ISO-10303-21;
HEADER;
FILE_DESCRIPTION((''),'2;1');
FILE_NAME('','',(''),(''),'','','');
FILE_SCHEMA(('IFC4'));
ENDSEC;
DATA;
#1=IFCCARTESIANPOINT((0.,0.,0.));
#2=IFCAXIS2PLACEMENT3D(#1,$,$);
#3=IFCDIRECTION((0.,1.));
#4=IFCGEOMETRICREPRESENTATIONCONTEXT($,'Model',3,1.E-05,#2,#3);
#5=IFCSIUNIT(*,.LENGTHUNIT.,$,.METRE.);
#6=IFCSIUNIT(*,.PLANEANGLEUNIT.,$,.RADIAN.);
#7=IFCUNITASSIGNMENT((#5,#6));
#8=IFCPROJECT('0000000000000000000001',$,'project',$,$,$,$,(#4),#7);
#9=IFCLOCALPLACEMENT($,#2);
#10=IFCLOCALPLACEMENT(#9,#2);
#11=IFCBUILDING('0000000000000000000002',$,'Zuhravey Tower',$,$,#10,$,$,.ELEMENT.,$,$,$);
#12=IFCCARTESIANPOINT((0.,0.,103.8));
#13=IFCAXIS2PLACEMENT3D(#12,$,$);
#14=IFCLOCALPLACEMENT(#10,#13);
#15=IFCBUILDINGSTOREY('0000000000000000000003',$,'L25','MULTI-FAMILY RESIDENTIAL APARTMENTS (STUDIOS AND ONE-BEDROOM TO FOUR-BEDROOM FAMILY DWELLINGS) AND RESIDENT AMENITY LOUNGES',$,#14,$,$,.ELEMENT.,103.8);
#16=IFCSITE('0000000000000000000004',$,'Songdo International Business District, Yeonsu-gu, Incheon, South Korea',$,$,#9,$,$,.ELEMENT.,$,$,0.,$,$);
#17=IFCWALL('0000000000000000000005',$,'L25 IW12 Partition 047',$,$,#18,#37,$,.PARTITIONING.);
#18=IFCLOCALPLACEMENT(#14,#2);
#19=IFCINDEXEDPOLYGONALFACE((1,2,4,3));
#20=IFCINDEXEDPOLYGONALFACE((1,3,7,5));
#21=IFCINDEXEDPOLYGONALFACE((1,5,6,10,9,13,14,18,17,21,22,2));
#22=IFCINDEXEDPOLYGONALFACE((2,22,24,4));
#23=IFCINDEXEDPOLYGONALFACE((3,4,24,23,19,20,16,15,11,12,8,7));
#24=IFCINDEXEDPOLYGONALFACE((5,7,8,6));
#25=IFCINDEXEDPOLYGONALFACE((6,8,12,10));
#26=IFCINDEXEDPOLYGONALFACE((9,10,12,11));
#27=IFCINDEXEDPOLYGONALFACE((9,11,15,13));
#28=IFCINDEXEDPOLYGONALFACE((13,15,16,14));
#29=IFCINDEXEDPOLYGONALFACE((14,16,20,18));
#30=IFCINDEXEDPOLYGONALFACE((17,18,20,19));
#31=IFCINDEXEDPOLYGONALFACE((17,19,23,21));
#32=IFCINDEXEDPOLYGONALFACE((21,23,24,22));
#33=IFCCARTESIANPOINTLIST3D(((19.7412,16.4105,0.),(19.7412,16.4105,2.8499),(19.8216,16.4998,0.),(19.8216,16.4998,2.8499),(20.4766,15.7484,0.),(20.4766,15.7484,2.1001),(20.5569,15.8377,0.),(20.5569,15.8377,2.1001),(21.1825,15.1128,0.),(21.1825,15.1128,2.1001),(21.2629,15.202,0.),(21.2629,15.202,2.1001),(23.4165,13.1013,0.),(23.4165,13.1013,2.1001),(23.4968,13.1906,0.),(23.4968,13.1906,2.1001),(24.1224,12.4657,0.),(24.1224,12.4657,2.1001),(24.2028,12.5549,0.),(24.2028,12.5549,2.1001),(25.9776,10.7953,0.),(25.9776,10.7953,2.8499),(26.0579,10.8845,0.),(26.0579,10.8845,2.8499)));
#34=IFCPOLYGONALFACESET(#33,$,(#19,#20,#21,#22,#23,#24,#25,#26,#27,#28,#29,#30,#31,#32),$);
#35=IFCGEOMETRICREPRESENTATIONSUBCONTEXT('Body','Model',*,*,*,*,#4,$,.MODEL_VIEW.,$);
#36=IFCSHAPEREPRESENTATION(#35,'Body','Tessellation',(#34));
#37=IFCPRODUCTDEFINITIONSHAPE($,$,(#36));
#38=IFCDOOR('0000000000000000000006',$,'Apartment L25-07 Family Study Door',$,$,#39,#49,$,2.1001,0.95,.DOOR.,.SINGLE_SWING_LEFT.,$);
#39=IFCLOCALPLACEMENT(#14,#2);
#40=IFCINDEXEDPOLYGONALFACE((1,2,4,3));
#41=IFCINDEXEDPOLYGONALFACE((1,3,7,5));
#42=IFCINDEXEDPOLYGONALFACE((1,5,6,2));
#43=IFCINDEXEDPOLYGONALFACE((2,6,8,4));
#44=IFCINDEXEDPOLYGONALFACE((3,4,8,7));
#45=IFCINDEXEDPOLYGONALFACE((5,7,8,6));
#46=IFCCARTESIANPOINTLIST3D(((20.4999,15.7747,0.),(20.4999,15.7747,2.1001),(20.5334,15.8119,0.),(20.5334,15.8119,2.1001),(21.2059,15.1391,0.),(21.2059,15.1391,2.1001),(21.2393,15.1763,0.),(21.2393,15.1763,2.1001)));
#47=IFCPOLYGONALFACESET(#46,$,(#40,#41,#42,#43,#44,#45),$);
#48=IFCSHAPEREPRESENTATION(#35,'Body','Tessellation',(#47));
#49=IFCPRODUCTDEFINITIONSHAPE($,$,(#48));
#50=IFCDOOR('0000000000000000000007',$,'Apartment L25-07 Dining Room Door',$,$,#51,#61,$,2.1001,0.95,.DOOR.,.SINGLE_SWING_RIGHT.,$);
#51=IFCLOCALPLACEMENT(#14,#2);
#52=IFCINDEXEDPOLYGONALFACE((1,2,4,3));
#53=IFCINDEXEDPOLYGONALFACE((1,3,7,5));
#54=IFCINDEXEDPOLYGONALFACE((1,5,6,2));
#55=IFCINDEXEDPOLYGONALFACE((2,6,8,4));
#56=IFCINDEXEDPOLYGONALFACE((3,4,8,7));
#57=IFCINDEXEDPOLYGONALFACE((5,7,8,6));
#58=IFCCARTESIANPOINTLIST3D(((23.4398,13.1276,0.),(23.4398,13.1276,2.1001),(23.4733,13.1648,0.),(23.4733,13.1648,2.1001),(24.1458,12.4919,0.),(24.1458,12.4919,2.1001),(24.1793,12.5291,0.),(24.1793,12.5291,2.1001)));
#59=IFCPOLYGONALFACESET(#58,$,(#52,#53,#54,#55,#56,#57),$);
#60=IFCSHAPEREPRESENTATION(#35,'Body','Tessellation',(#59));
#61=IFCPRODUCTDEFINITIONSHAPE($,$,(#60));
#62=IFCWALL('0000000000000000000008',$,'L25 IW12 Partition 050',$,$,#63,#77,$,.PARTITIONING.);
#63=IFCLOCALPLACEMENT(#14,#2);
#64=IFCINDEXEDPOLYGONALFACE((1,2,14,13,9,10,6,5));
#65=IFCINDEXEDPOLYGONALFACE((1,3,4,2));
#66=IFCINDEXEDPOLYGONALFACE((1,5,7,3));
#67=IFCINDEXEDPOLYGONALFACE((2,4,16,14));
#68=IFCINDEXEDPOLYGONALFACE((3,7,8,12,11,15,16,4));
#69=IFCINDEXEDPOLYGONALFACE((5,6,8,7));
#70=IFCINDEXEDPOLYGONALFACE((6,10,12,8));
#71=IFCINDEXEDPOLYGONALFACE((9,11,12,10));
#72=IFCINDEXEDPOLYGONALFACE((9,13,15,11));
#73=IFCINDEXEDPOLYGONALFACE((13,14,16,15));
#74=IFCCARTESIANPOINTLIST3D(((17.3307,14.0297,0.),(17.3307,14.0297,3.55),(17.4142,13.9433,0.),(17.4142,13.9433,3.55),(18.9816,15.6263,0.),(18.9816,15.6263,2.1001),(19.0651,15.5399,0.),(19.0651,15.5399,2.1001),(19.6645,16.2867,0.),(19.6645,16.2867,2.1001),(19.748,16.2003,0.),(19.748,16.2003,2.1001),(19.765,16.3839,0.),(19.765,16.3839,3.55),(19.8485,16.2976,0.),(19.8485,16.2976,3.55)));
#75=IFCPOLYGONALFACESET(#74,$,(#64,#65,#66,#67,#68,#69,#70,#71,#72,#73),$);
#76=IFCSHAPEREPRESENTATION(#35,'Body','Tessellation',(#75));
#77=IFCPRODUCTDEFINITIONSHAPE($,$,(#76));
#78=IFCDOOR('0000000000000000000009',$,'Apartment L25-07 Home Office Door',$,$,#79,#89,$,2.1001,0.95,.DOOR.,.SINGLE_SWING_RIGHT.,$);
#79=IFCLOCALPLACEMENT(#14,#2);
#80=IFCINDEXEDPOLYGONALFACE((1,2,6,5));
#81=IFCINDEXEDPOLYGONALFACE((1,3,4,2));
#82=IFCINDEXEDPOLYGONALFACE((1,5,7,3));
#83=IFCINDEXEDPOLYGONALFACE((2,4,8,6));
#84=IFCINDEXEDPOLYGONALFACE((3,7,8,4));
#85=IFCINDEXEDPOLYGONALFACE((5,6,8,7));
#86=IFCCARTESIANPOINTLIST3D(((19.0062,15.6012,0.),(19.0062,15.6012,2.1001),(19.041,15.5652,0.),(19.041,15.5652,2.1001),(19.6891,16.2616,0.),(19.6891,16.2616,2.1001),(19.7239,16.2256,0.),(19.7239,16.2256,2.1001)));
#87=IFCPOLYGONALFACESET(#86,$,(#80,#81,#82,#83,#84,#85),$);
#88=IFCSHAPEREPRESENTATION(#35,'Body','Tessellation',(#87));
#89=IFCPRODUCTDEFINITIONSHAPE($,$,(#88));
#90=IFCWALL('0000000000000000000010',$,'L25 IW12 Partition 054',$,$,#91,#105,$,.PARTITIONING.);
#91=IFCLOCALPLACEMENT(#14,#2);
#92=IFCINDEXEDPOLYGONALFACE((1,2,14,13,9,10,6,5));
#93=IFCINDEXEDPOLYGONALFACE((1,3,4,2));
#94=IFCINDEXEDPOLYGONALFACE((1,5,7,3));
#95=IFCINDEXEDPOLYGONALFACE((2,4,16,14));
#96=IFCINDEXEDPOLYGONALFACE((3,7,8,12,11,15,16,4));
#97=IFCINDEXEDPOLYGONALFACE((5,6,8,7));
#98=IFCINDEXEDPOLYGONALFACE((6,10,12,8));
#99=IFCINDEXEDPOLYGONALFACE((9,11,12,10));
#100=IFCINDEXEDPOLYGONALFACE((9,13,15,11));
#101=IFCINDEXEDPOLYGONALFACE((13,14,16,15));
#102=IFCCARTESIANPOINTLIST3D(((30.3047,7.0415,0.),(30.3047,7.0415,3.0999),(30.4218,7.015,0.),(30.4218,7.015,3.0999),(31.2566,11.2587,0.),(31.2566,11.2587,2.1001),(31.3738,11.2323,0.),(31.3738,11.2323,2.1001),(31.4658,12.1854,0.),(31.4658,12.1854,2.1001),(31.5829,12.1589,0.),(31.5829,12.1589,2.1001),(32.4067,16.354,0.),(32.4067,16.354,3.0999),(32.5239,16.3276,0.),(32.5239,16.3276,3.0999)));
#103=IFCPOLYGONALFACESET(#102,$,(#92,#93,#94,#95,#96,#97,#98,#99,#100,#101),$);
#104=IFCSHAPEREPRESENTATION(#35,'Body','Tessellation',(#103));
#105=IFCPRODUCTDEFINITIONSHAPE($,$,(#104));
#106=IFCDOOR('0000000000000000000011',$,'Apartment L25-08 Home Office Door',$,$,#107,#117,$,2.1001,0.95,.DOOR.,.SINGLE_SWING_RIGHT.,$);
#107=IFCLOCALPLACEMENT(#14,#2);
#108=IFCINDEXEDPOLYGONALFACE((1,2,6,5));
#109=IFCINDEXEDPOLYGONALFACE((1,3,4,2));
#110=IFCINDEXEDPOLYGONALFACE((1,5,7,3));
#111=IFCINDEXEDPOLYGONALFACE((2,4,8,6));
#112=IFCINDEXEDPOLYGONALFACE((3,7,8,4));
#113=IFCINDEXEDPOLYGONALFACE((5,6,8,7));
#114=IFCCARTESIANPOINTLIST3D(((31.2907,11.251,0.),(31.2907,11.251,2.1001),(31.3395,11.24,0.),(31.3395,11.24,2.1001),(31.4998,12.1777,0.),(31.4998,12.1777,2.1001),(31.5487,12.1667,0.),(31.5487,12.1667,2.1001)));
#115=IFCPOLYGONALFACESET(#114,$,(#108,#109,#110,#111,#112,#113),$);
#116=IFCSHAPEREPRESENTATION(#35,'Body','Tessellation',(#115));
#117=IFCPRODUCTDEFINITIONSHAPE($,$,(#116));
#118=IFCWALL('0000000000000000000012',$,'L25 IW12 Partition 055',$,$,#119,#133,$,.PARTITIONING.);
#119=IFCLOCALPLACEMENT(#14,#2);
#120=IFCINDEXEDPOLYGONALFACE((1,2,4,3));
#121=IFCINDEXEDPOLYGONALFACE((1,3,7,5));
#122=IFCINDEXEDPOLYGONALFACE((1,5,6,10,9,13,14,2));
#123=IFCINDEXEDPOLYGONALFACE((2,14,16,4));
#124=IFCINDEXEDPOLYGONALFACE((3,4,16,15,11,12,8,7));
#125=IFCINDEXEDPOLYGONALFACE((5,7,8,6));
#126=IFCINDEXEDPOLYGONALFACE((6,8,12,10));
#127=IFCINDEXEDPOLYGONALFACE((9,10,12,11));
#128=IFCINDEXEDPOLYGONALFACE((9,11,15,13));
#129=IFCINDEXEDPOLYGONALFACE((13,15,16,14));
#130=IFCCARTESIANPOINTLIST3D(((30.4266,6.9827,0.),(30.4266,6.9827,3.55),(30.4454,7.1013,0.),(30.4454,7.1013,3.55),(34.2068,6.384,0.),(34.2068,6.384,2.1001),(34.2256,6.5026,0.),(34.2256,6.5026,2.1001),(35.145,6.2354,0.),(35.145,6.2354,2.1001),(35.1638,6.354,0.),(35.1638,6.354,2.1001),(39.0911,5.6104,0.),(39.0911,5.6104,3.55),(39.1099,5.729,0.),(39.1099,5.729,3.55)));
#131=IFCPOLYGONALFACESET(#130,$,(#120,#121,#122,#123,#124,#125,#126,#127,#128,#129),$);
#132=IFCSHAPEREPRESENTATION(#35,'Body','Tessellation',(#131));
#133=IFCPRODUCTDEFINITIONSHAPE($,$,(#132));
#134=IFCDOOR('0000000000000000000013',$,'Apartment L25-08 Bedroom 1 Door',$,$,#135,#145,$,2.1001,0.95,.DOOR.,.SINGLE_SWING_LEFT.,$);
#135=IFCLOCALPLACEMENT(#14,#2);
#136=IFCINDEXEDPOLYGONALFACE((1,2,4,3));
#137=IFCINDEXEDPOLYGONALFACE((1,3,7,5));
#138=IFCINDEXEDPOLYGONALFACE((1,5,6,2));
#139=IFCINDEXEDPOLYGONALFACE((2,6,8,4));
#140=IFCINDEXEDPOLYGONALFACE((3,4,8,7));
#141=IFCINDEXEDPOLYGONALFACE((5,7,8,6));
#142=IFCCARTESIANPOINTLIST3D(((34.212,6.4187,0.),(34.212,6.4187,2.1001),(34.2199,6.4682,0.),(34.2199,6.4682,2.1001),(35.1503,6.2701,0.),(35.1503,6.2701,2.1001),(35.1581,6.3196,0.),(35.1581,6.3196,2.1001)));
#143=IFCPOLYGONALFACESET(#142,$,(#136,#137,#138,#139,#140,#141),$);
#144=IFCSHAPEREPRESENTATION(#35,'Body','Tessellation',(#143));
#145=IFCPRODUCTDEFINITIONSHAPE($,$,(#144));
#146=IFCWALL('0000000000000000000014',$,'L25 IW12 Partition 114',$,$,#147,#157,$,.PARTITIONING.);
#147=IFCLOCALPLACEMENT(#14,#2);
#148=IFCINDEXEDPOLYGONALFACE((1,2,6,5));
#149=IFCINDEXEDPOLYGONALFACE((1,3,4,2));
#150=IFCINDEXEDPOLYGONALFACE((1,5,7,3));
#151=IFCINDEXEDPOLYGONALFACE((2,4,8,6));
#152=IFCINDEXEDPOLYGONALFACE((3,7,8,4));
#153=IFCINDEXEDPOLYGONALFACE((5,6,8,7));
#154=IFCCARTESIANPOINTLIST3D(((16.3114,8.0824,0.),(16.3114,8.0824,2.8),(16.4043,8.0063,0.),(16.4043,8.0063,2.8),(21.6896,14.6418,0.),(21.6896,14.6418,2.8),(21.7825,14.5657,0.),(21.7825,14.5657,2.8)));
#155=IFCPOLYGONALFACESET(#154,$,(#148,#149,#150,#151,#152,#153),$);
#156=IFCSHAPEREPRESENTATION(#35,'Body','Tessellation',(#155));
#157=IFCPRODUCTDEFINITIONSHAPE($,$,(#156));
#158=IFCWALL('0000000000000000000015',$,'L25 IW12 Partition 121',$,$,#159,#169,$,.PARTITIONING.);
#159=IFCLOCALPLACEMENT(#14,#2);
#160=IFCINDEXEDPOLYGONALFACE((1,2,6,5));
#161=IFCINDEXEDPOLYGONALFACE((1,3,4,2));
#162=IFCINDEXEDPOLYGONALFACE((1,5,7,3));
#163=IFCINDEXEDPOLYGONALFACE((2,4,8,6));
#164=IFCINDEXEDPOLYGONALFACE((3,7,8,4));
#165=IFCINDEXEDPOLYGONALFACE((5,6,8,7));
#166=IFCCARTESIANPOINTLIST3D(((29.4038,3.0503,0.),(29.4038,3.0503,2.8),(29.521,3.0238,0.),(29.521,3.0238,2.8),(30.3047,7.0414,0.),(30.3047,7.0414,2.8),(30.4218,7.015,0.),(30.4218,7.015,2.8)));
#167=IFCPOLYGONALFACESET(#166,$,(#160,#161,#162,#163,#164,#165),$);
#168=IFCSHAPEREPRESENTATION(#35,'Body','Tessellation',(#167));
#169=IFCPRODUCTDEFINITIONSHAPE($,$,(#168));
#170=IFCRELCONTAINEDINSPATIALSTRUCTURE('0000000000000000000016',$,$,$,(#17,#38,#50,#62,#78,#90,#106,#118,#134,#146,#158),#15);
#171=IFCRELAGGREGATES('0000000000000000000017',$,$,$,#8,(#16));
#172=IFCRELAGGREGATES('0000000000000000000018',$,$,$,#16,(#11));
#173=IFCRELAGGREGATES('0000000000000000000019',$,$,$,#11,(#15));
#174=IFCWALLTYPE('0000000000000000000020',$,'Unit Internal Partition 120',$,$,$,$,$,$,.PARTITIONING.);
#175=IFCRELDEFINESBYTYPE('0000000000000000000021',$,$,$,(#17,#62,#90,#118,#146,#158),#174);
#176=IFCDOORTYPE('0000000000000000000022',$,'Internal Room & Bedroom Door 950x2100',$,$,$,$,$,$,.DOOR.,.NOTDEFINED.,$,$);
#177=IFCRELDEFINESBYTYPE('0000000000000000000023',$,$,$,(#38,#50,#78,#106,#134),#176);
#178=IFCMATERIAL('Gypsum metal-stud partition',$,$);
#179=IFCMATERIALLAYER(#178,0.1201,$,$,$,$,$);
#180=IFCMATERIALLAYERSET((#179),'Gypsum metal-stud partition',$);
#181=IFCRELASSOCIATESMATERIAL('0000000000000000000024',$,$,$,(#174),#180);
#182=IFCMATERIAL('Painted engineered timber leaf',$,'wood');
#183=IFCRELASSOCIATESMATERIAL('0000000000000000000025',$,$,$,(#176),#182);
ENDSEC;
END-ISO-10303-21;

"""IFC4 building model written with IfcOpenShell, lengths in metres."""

from ifc_helpers import new_model, si_unit, direction, frame, frame_2d, origin, place, context, subcontext, project, spatial, rectangle, extrude, material, layer, layer_set, type_object, element, fill, save


model = new_model("IFC4")

# Units and contexts
model_context = context("Model", 3, precision=1e-05, world=origin(), true_north=direction((0.0, 1.0)))
body_context = subcontext(model_context, "Body", "Model", "MODEL_VIEW")
ifc_project = project(units=[si_unit("LENGTHUNIT", "METRE"), si_unit("PLANEANGLEUNIT", "RADIAN")], contexts=[model_context])

# Site, building, storey
site_placement = place(None, origin())
site = spatial("IfcSite", under=ifc_project, at=site_placement, Name="Songdo International Business District, Yeonsu-gu, Incheon, South Korea", CompositionType="ELEMENT", RefElevation=0.0)
building_placement = place(site_placement, origin())
building = spatial("IfcBuilding", under=site, at=building_placement, Name="Zuhravey Tower", CompositionType="ELEMENT")
storey_placement = place(building_placement, frame((0.0, 0.0, 103.8)))
storey = spatial("IfcBuildingStorey", under=building, at=storey_placement, Name="L25", Description="MULTI-FAMILY RESIDENTIAL APARTMENTS (STUDIOS AND ONE-BEDROOM TO FOUR-BEDROOM FAMILY DWELLINGS) AND RESIDENT AMENITY LOUNGES", CompositionType="ELEMENT", Elevation=103.8)

# Wall, openings, doors
ifc_material_1 = material(Name="Gypsum metal-stud partition")
ifc_layer_1 = layer(ifc_material_1, 0.1201)
ifc_layer_set_1 = layer_set([ifc_layer_1], Name="Gypsum metal-stud partition")
wall_type_1 = type_object("IfcWallType", Name="Unit Internal Partition 120", PredefinedType="PARTITIONING", material=ifc_layer_set_1)
wall_1_placement = place(storey_placement, frame((19.7815, 16.4551, 0.0), z_axis=(0.0, 0.0, 1.0), x_axis=(0.743144, -0.669132, 0.0)))
wall_1 = element("IfcWall", 1, at=wall_1_placement, inside=storey, type_object=wall_type_1, Name="L25 IW12 Partition 047", PredefinedType="PARTITIONING", context=body_context, shape_type="SweptSolid", body=[
    extrude(rectangle(XDim=8.3918, YDim=0.1201, at=frame_2d((4.1958, 0.0))), origin(), (0.0, 0.0, 1.0), 2.8499),
])
opening_1_placement = place(wall_1_placement, frame((0.9893, 0.0, 0.0)))
opening_1 = element("IfcOpeningElement", 2, at=opening_1_placement, cuts=wall_1, PredefinedType="OPENING", context=body_context, shape_type="SweptSolid", body=[
    extrude(rectangle(XDim=0.95, YDim=2.1001, at=frame_2d((0.4751, 1.05))), frame((0.0, 0.072, 0.0), z_axis=(0.0, -1.0, 0.0), x_axis=(1.0, 0.0, 0.0)), (0.0, 0.0, 1.0), 0.144),
])
opening_2_placement = place(wall_1_placement, frame((4.9453, 0.0, 0.0)))
opening_2 = element("IfcOpeningElement", 3, at=opening_2_placement, cuts=wall_1, PredefinedType="OPENING", context=body_context, shape_type="SweptSolid", body=[
    extrude(rectangle(XDim=0.95, YDim=2.1001, at=frame_2d((0.4751, 1.05))), frame((0.0, 0.072, 0.0), z_axis=(0.0, -1.0, 0.0), x_axis=(1.0, 0.0, 0.0)), (0.0, 0.0, 1.0), 0.144),
])
ifc_material_2 = material(Name="Painted engineered timber leaf", Category="wood")
door_type_1 = type_object("IfcDoorType", Name="Internal Room & Bedroom Door 950x2100", OperationType="NOTDEFINED", PredefinedType="DOOR", material=ifc_material_2)
door_1_placement = place(opening_1_placement, frame((0.95, 0.0, 0.0), z_axis=(0.0, 0.0, 1.0), x_axis=(-1.0, 0.0, 0.0)))
door_1 = element("IfcDoor", 4, at=door_1_placement, inside=storey, type_object=door_type_1, Name="Apartment L25-07 Family Study Door", OperationType="SINGLE_SWING_LEFT", OverallHeight=2.1001, OverallWidth=0.95, PredefinedType="DOOR", context=body_context, shape_type="SweptSolid", body=[
    extrude(rectangle(XDim=0.95, YDim=2.1001, at=frame_2d((0.4751, 1.05))), frame((0.0, 0.0249, 0.0), z_axis=(0.0, -1.0, 0.0), x_axis=(1.0, 0.0, 0.0)), (0.0, 0.0, 1.0), 0.05),
])
fill(opening_1, door_1)
door_2_placement = place(opening_2_placement, frame((0.95, 0.0, 0.0), z_axis=(0.0, 0.0, 1.0), x_axis=(-1.0, 0.0, 0.0)))
door_2 = element("IfcDoor", 5, at=door_2_placement, inside=storey, type_object=door_type_1, Name="Apartment L25-07 Dining Room Door", OperationType="SINGLE_SWING_RIGHT", OverallHeight=2.1001, OverallWidth=0.95, PredefinedType="DOOR", context=body_context, shape_type="SweptSolid", body=[
    extrude(rectangle(XDim=0.95, YDim=2.1001, at=frame_2d((0.4751, 1.05))), frame((0.0, 0.0249, 0.0), z_axis=(0.0, -1.0, 0.0), x_axis=(1.0, 0.0, 0.0)), (0.0, 0.0, 1.0), 0.05),
])
fill(opening_2, door_2)

# Walls, openings, doors
wall_2_placement = place(storey_placement, frame((19.8069, 16.3408, 0.0), z_axis=(0.0, 0.0, 1.0), x_axis=(-0.718831, -0.695185, 0.0)))
wall_2 = element("IfcWall", 6, at=wall_2_placement, inside=storey, type_object=wall_type_1, Name="L25 IW12 Partition 050", PredefinedType="PARTITIONING", context=body_context, shape_type="SweptSolid", body=[
    extrude(rectangle(XDim=3.3865, YDim=0.1201, at=frame_2d((1.6934, 0.0))), origin(), (0.0, 0.0, 1.0), 3.55),
])
opening_3_placement = place(wall_2_placement, frame((0.1399, 0.0, 0.0)))
opening_3 = element("IfcOpeningElement", 7, at=opening_3_placement, cuts=wall_2, PredefinedType="OPENING", context=body_context, shape_type="SweptSolid", body=[
    extrude(rectangle(XDim=0.95, YDim=2.1001, at=frame_2d((0.4751, 1.05))), frame((0.0, 0.072, 0.0), z_axis=(0.0, -1.0, 0.0), x_axis=(1.0, 0.0, 0.0)), (0.0, 0.0, 1.0), 0.144),
])
door_3_placement = place(opening_3_placement, frame((0.95, 0.0, 0.0), z_axis=(0.0, 0.0, 1.0), x_axis=(-1.0, 0.0, 0.0)))
door_3 = element("IfcDoor", 8, at=door_3_placement, inside=storey, type_object=door_type_1, Name="Apartment L25-07 Home Office Door", OperationType="SINGLE_SWING_RIGHT", OverallHeight=2.1001, OverallWidth=0.95, PredefinedType="DOOR", context=body_context, shape_type="SweptSolid", body=[
    extrude(rectangle(XDim=0.95, YDim=2.1001, at=frame_2d((0.4751, 1.05))), frame((0.0, 0.0249, 0.0), z_axis=(0.0, -1.0, 0.0), x_axis=(1.0, 0.0, 0.0)), (0.0, 0.0, 1.0), 0.05),
])
fill(opening_3, door_3)
wall_3_placement = place(storey_placement, frame((32.4653, 16.3408, 0.0), z_axis=(0.0, 0.0, 1.0), x_axis=(-0.220184, -0.975458, 0.0)))
wall_3 = element("IfcWall", 9, at=wall_3_placement, inside=storey, type_object=wall_type_1, Name="L25 IW12 Partition 054", PredefinedType="PARTITIONING", context=body_context, shape_type="SweptSolid", body=[
    extrude(rectangle(XDim=9.5469, YDim=0.1201, at=frame_2d((4.7734, 0.0))), origin(), (0.0, 0.0, 1.0), 3.0999),
])
opening_4_placement = place(wall_3_placement, frame((4.2734, 0.0, 0.0)))
opening_4 = element("IfcOpeningElement", 10, at=opening_4_placement, cuts=wall_3, PredefinedType="OPENING", context=body_context, shape_type="SweptSolid", body=[
    extrude(rectangle(XDim=0.95, YDim=2.1001, at=frame_2d((0.4751, 1.05))), frame((0.0, 0.072, 0.0), z_axis=(0.0, -1.0, 0.0), x_axis=(1.0, 0.0, 0.0)), (0.0, 0.0, 1.0), 0.144),
])
door_4_placement = place(opening_4_placement, origin())
door_4 = element("IfcDoor", 11, at=door_4_placement, inside=storey, type_object=door_type_1, Name="Apartment L25-08 Home Office Door", OperationType="SINGLE_SWING_RIGHT", OverallHeight=2.1001, OverallWidth=0.95, PredefinedType="DOOR", context=body_context, shape_type="SweptSolid", body=[
    extrude(rectangle(XDim=0.95, YDim=2.1001, at=frame_2d((0.4751, 1.05))), frame((0.0, 0.0249, 0.0), z_axis=(0.0, -1.0, 0.0), x_axis=(1.0, 0.0, 0.0)), (0.0, 0.0, 1.0), 0.05),
])
fill(opening_4, door_4)
wall_4_placement = place(storey_placement, frame((30.436, 7.042, 0.0), z_axis=(0.0, 0.0, 1.0), x_axis=(0.987689, -0.156433, 0.0)))
wall_4 = element("IfcWall", 12, at=wall_4_placement, inside=storey, type_object=wall_type_1, Name="L25 IW12 Partition 055", PredefinedType="PARTITIONING", context=body_context, shape_type="SweptSolid", body=[
    extrude(rectangle(XDim=8.7725, YDim=0.1201, at=frame_2d((4.3862, 0.0))), origin(), (0.0, 0.0, 1.0), 3.55),
])
opening_5_placement = place(wall_4_placement, frame((3.8271, 0.0, 0.0)))
opening_5 = element("IfcOpeningElement", 13, at=opening_5_placement, cuts=wall_4, PredefinedType="OPENING", context=body_context, shape_type="SweptSolid", body=[
    extrude(rectangle(XDim=0.95, YDim=2.1001, at=frame_2d((0.4751, 1.05))), frame((0.0, 0.072, 0.0), z_axis=(0.0, -1.0, 0.0), x_axis=(1.0, 0.0, 0.0)), (0.0, 0.0, 1.0), 0.144),
])
door_5_placement = place(opening_5_placement, frame((0.95, 0.0, 0.0), z_axis=(0.0, 0.0, 1.0), x_axis=(-1.0, 0.0, 0.0)))
door_5 = element("IfcDoor", 14, at=door_5_placement, inside=storey, type_object=door_type_1, Name="Apartment L25-08 Bedroom 1 Door", OperationType="SINGLE_SWING_LEFT", OverallHeight=2.1001, OverallWidth=0.95, PredefinedType="DOOR", context=body_context, shape_type="SweptSolid", body=[
    extrude(rectangle(XDim=0.95, YDim=2.1001, at=frame_2d((0.4751, 1.05))), frame((0.0, 0.0249, 0.0), z_axis=(0.0, -1.0, 0.0), x_axis=(1.0, 0.0, 0.0)), (0.0, 0.0, 1.0), 0.05),
])
fill(opening_5, door_5)

# Walls
wall_5_placement = place(storey_placement, frame((21.7361, 14.6038, 0.0), z_axis=(0.0, 0.0, 1.0), x_axis=(-0.634046, -0.773295, 0.0)))
element("IfcWall", 15, at=wall_5_placement, inside=storey, type_object=wall_type_1, Name="L25 IW12 Partition 114", PredefinedType="PARTITIONING", context=body_context, shape_type="SweptSolid", body=[
    extrude(rectangle(XDim=8.4824, YDim=0.1201, at=frame_2d((4.2412, 0.0))), origin(), (0.0, 0.0, 1.0), 2.8),
])
wall_6_placement = place(storey_placement, frame((30.3633, 7.0283, 0.0), z_axis=(0.0, 0.0, 1.0), x_axis=(-0.220177, -0.97546, 0.0)))
element("IfcWall", 16, at=wall_6_placement, inside=storey, type_object=wall_type_1, Name="L25 IW12 Partition 121", PredefinedType="PARTITIONING", context=body_context, shape_type="SweptSolid", body=[
    extrude(rectangle(XDim=4.0916, YDim=0.1201, at=frame_2d((2.0459, 0.0))), origin(), (0.0, 0.0, 1.0), 2.8),
])

save(model, "model.ifc")
